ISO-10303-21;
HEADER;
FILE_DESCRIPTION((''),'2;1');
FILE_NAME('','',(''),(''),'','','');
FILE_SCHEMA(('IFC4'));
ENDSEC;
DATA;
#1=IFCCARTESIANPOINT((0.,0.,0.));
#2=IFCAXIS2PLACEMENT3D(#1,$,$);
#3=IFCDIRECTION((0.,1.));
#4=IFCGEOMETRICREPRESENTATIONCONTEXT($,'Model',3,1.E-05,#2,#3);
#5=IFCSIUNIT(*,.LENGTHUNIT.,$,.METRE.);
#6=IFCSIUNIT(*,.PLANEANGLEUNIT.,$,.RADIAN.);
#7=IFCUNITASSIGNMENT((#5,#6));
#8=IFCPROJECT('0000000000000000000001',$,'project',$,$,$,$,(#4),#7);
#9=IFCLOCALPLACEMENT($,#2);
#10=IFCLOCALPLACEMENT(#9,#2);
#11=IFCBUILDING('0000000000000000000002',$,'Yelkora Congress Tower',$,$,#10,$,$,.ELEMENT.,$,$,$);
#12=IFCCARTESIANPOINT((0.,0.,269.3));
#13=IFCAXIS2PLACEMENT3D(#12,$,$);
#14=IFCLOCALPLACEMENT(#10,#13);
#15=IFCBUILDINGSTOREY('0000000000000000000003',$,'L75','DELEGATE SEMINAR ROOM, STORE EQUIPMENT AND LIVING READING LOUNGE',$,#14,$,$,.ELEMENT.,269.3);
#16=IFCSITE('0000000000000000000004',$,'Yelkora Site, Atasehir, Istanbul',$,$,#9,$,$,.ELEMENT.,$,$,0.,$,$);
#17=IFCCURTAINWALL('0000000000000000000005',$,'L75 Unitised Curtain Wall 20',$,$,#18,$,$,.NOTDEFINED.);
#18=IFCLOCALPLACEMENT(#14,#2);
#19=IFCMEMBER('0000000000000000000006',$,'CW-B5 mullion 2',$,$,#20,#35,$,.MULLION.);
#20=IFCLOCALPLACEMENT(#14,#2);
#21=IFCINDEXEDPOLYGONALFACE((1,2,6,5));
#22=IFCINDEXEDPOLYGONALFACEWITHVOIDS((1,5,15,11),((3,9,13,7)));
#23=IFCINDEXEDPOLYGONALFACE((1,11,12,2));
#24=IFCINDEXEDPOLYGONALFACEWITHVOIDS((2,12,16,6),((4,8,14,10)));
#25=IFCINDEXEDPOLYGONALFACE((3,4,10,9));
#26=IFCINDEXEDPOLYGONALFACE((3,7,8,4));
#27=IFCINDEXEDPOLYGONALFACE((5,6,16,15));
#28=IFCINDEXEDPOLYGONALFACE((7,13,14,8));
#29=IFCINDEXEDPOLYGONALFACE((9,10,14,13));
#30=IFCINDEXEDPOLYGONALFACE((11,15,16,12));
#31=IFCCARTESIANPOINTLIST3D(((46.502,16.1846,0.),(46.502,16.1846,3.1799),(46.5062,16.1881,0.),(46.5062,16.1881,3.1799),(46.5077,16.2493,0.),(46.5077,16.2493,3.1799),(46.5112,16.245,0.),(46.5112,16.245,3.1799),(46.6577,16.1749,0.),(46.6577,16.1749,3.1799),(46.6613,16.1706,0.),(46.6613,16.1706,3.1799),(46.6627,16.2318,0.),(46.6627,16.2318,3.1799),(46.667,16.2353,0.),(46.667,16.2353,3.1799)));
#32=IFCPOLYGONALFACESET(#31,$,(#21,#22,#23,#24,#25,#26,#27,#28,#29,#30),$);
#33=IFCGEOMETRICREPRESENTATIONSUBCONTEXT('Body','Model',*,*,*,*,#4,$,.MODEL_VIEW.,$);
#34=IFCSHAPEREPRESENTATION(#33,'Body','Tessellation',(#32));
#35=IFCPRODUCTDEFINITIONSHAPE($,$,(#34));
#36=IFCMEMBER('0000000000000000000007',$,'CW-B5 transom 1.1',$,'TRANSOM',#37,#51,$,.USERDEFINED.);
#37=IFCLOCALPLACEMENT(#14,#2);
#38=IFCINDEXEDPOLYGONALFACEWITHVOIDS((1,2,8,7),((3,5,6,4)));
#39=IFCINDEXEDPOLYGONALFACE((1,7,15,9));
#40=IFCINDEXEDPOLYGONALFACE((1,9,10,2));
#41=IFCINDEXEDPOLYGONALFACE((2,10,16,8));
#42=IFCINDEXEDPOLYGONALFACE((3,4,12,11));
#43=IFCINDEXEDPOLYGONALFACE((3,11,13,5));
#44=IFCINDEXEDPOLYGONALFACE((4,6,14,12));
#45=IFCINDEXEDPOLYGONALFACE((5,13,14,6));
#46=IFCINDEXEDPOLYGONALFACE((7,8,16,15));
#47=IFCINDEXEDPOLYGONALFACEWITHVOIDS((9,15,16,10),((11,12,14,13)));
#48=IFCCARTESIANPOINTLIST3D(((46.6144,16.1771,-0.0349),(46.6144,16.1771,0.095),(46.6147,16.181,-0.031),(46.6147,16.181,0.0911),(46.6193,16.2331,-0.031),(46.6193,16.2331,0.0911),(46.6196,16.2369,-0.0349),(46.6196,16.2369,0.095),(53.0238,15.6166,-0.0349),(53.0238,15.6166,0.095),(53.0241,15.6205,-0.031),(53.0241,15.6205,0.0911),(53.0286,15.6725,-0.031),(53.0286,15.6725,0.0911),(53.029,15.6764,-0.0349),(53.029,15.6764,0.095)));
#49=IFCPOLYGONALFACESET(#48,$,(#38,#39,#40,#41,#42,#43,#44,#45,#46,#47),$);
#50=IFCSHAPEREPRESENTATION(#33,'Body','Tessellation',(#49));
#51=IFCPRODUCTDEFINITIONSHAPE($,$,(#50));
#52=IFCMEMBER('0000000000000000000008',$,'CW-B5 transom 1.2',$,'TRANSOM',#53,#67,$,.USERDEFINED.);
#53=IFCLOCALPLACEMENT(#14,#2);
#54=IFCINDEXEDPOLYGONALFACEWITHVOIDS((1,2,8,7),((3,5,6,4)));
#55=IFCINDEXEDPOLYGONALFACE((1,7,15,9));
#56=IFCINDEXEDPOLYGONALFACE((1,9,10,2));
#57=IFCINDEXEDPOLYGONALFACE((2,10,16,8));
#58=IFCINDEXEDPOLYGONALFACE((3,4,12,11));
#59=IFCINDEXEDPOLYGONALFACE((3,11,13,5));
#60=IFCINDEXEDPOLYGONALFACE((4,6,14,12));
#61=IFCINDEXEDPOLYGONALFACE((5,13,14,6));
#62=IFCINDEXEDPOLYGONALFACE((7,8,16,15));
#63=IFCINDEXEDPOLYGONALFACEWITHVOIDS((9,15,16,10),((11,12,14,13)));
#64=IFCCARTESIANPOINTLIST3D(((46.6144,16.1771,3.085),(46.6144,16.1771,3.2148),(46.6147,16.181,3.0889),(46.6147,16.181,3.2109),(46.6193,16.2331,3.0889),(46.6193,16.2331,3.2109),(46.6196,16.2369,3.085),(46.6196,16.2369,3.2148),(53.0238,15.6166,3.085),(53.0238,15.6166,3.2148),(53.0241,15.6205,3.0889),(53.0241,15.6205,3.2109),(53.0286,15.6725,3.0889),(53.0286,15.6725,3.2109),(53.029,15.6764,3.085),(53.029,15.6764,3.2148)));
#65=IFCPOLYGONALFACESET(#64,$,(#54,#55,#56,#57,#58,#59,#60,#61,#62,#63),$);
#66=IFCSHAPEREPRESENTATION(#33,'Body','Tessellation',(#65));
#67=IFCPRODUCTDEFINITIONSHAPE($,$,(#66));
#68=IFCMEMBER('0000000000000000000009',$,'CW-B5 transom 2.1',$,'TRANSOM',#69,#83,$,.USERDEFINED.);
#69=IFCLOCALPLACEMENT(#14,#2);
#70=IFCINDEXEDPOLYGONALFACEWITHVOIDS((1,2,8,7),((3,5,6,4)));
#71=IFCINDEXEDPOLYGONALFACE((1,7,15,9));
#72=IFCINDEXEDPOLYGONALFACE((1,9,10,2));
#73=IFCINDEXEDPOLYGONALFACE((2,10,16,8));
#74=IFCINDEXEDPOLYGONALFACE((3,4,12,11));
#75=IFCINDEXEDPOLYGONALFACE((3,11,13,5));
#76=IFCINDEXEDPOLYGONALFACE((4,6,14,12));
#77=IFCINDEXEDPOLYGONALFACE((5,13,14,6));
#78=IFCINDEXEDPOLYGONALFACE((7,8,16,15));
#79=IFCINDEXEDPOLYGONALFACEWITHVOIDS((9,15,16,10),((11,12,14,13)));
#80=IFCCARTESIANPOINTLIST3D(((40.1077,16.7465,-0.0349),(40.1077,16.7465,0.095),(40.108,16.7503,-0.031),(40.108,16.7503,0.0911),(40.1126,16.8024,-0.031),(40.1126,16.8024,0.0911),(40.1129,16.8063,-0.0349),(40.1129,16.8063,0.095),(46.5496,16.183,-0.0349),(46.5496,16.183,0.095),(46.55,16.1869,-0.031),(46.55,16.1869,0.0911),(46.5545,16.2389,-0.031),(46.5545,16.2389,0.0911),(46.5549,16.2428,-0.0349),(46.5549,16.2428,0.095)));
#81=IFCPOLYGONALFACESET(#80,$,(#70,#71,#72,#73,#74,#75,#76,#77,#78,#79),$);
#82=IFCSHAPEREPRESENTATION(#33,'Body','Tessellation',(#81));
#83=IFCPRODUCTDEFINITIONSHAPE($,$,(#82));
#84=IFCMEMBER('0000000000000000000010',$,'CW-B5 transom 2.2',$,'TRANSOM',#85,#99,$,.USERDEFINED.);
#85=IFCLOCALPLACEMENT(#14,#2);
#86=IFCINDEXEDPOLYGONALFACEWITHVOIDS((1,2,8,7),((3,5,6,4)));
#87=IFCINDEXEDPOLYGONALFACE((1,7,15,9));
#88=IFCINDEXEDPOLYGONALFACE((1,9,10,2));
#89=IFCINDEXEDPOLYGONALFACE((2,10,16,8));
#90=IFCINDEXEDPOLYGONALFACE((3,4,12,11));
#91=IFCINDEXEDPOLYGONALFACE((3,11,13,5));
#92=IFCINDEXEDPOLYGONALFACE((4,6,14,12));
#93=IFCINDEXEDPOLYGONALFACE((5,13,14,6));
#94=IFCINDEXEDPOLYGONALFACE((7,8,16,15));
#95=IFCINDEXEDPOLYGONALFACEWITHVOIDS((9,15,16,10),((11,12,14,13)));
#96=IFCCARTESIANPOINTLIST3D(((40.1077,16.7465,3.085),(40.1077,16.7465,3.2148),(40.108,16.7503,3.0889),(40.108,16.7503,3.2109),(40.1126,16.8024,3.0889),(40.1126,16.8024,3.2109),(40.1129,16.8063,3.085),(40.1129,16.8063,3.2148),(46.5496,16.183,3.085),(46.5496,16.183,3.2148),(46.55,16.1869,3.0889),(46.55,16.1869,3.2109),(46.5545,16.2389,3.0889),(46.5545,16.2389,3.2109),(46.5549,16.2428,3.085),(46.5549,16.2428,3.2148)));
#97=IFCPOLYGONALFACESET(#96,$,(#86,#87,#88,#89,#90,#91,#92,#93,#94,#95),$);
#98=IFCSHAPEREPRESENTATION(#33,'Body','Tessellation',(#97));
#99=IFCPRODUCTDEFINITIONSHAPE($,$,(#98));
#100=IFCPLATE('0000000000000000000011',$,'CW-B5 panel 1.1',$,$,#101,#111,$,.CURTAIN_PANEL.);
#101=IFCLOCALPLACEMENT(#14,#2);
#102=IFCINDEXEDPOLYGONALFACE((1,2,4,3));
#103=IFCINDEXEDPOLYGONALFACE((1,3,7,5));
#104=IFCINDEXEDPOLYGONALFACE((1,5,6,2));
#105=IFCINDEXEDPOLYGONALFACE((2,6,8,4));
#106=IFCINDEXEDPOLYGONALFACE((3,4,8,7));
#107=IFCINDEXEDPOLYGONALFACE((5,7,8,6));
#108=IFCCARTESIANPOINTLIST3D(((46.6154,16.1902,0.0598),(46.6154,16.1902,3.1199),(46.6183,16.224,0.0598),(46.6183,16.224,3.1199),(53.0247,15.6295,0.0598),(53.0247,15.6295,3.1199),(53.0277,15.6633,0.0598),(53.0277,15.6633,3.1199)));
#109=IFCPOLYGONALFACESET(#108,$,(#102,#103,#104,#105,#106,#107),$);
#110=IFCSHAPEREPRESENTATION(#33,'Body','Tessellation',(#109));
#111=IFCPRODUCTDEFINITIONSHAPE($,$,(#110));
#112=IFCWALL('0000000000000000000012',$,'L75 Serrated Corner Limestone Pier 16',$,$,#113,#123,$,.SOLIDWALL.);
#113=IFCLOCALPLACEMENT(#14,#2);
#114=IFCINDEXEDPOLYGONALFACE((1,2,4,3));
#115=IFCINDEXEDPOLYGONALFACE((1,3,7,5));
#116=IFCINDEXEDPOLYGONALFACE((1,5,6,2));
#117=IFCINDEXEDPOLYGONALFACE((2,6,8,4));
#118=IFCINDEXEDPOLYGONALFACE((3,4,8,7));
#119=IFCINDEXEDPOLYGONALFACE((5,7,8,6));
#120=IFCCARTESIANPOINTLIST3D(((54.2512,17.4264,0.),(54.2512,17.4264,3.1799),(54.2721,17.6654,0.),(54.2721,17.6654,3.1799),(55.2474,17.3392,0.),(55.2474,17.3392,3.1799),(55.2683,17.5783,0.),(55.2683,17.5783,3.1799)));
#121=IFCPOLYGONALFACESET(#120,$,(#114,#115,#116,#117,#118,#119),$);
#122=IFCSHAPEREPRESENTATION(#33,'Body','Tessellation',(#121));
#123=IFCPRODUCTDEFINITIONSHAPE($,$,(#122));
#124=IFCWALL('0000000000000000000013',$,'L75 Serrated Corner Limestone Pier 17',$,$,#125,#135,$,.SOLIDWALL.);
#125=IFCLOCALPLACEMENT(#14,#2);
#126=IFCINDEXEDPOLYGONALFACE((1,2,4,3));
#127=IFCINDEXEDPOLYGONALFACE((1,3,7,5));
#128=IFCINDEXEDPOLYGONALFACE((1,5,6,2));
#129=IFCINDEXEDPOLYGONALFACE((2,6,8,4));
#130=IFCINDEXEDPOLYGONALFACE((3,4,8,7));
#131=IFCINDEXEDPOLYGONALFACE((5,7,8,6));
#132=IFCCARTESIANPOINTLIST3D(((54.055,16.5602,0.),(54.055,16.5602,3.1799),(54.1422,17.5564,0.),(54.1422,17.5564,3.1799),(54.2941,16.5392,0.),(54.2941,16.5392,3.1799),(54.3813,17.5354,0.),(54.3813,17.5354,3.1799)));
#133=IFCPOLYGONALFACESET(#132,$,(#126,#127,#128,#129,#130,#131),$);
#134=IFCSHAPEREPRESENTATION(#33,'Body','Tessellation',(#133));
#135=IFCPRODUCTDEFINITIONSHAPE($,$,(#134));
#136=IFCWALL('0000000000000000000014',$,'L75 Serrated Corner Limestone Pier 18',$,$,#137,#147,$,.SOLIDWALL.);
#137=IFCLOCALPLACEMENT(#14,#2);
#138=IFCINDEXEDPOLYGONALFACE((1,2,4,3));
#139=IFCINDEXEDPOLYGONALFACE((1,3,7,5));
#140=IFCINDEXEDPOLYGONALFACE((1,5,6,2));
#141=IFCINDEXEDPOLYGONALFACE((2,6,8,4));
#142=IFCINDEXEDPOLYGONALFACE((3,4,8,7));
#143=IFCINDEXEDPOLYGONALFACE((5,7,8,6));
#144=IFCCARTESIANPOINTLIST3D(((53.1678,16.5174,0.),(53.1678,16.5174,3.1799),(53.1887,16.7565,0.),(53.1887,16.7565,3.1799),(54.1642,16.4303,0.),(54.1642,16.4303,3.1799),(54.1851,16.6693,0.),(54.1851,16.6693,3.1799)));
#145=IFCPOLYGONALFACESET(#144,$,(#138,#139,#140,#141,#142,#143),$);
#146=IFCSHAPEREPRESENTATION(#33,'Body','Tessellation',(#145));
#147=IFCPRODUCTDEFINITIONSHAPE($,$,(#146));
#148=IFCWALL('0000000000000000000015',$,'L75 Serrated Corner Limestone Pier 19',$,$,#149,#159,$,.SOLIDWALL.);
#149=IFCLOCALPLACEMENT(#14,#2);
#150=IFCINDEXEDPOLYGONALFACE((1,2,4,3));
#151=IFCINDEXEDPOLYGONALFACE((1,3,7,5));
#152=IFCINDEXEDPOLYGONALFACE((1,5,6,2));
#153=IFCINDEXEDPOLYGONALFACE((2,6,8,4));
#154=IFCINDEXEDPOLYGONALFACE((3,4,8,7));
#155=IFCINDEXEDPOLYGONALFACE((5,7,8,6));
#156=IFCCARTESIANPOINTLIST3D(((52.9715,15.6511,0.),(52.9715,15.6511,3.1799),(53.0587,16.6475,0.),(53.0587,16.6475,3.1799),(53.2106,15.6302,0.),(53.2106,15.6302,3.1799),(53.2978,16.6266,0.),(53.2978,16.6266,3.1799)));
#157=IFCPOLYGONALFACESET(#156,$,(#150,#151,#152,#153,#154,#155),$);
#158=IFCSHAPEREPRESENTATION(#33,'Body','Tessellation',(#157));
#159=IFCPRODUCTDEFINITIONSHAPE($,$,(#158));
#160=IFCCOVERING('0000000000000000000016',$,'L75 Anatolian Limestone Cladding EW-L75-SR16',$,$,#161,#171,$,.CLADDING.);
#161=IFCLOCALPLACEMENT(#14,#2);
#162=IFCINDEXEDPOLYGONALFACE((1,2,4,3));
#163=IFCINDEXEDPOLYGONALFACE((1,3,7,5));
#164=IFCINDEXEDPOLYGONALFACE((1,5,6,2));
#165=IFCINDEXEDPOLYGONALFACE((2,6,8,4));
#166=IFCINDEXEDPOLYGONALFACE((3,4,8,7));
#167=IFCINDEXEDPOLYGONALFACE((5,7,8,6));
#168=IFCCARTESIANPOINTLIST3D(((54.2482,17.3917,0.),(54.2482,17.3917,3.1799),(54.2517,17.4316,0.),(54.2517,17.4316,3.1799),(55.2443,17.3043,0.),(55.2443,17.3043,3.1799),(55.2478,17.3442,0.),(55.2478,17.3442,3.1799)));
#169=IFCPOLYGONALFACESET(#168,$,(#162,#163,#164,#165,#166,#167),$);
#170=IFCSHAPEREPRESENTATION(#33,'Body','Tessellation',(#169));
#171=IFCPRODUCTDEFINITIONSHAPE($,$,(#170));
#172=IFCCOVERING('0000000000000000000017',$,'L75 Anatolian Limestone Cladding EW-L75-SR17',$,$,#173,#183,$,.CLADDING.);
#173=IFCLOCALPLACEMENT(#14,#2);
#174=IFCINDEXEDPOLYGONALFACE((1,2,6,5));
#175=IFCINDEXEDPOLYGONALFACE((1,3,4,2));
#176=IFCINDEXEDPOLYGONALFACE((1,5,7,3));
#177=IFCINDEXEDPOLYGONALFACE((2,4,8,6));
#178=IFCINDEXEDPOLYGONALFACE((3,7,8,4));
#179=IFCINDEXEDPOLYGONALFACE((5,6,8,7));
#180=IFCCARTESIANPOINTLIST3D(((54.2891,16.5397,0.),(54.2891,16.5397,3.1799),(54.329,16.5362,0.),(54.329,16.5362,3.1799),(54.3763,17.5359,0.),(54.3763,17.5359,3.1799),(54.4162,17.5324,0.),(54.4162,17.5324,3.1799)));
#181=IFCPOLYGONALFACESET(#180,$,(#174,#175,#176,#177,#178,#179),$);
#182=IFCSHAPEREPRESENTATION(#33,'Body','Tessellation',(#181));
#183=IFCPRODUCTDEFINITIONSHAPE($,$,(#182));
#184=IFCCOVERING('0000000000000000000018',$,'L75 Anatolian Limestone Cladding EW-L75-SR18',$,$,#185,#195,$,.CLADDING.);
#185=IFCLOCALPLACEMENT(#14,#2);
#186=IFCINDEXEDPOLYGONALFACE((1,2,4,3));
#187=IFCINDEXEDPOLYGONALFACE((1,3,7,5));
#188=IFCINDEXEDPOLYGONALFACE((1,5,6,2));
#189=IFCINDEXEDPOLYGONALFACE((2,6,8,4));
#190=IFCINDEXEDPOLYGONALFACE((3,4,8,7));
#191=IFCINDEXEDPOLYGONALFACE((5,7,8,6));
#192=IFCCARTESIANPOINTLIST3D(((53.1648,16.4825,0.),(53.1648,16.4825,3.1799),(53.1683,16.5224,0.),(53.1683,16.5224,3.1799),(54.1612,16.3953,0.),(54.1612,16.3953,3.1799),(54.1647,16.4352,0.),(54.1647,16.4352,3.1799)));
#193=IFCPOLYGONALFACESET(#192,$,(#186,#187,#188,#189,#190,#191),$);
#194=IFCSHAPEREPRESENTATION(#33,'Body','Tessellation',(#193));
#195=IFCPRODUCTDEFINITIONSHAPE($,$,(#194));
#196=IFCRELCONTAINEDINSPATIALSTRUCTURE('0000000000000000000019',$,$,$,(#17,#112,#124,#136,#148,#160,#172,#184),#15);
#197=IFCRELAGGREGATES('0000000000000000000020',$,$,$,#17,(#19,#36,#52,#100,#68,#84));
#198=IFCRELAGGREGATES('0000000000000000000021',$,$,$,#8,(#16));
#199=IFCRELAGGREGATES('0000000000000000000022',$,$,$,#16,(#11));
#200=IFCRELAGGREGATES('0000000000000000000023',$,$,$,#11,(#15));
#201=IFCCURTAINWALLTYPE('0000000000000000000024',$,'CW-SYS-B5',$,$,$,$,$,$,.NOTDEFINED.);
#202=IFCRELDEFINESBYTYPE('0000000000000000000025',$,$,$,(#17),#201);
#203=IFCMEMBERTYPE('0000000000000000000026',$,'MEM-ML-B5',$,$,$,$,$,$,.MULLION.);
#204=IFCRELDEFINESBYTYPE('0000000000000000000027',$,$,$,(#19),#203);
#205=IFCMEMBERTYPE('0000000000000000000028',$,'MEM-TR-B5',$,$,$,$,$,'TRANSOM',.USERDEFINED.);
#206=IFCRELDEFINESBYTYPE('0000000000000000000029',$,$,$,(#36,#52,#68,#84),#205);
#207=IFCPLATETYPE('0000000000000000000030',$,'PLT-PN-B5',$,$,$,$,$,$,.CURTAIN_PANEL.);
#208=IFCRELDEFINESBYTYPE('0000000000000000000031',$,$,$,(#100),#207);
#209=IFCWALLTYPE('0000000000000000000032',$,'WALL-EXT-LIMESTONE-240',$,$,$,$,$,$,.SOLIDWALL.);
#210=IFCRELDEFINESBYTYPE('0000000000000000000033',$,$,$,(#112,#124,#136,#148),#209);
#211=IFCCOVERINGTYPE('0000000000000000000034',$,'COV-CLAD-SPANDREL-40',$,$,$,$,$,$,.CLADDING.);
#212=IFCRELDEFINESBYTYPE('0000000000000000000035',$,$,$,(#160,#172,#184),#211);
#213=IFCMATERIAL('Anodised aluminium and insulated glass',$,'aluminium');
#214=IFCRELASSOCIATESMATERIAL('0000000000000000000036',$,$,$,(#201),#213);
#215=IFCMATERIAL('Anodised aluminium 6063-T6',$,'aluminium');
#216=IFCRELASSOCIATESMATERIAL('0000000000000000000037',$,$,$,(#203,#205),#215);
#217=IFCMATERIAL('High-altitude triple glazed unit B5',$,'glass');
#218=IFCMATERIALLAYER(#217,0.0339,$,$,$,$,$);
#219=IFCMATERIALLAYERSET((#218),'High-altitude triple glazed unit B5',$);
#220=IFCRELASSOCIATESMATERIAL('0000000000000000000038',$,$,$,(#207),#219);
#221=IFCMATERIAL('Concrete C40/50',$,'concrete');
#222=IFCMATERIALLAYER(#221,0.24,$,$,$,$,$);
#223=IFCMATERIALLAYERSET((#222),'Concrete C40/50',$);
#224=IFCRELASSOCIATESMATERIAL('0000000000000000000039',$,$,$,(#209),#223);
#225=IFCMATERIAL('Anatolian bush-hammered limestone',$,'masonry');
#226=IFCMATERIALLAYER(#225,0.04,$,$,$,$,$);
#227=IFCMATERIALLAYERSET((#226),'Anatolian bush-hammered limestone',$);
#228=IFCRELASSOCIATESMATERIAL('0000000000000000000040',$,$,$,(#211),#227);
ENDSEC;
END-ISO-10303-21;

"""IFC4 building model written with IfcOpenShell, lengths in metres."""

from ifc_helpers import new_model, si_unit, direction, frame, frame_2d, origin, origin_2d, place, context, subcontext, project, spatial, rectangle, hollow_rectangle, extrude, material, layer, layer_set, material_profile, profile_set, type_object, element, aggregate, save


model = new_model("IFC4")

# Units and contexts
model_context = context("Model", 3, precision=1e-05, world=origin(), true_north=direction((0.0, 1.0)))
body_context = subcontext(model_context, "Body", "Model", "MODEL_VIEW")
ifc_project = project(units=[si_unit("LENGTHUNIT", "METRE"), si_unit("PLANEANGLEUNIT", "RADIAN")], contexts=[model_context])

# Site, building, storey
site_placement = place(None, origin())
site = spatial("IfcSite", under=ifc_project, at=site_placement, Name="Yelkora Site, Atasehir, Istanbul", CompositionType="ELEMENT", RefElevation=0.0)
building_placement = place(site_placement, origin())
building = spatial("IfcBuilding", under=site, at=building_placement, Name="Yelkora Congress Tower", CompositionType="ELEMENT")
storey_placement = place(building_placement, frame((0.0, 0.0, 269.3)))
storey = spatial("IfcBuildingStorey", under=building, at=storey_placement, Name="L75", Description="DELEGATE SEMINAR ROOM, STORE EQUIPMENT AND LIVING READING LOUNGE", CompositionType="ELEMENT", Elevation=269.3)

# Shared definitions
ifc_material_1 = material(Name="Anodised aluminium and insulated glass", Category="aluminium")
curtain_wall_type = type_object("IfcCurtainWallType", Name="CW-SYS-B5", PredefinedType="NOTDEFINED", material=ifc_material_1)
ifc_material_2 = material(Name="Anodised aluminium 6063-T6", Category="aluminium")
ifc_material_profile_1 = material_profile(ifc_material_2, hollow_rectangle(XDim=0.0649, YDim=0.1599, WallThickness=0.0039, at=origin_2d()), Name="ALU 65x160x4")
ifc_profile_set_1 = profile_set([ifc_material_profile_1], Name="Anodised aluminium 6063-T6")
member_type_1 = type_object("IfcMemberType", Name="MEM-ML-B5", PredefinedType="MULLION", material=ifc_profile_set_1)

# Curtain wall, members, plate
curtain_wall_1_placement = place(storey_placement, origin())
curtain_wall_1 = element("IfcCurtainWall", 1, at=curtain_wall_1_placement, inside=storey, type_object=curtain_wall_type, Name="L75 Unitised Curtain Wall 20", PredefinedType="NOTDEFINED")
member_1_placement = place(storey_placement, frame((46.5845, 16.21, 0.0), z_axis=(0.0, 0.0, 1.0), x_axis=(-0.087157, -0.996195, 0.0)))
member_1 = element("IfcMember", 2, at=member_1_placement, type_object=member_type_1, Name="CW-B5 mullion 2", PredefinedType="MULLION", context=body_context, shape_type="SweptSolid", body=[
    extrude(hollow_rectangle(XDim=0.0649, YDim=0.1599, WallThickness=0.0039, at=origin_2d()), origin(), (0.0, 0.0, 1.0), 3.1799),
])
ifc_material_profile_2 = material_profile(ifc_material_2, hollow_rectangle(XDim=0.0601, YDim=0.1299, WallThickness=0.0039, at=origin_2d()), Name="ALU 60x130x4")
ifc_profile_set_2 = profile_set([ifc_material_profile_2], Name="Anodised aluminium 6063-T6")
member_type_2 = type_object("IfcMemberType", Name="MEM-TR-B5", ElementType="TRANSOM", PredefinedType="USERDEFINED", material=ifc_profile_set_2)
member_2_placement = place(storey_placement, frame((53.0264, 15.6465, 0.03), z_axis=(-0.996197, 0.087124, 0.0), x_axis=(-0.087124, -0.996197, 0.0)))
member_2 = element("IfcMember", 3, at=member_2_placement, type_object=member_type_2, Name="CW-B5 transom 1.1", ObjectType="TRANSOM", PredefinedType="USERDEFINED", context=body_context, shape_type="SweptSolid", body=[
    extrude(hollow_rectangle(XDim=0.0601, YDim=0.1299, WallThickness=0.0039, at=origin_2d()), origin(), (0.0, 0.0, 1.0), 6.4338),
])
member_3_placement = place(storey_placement, frame((53.0264, 15.6465, 3.1499), z_axis=(-0.996197, 0.087124, 0.0), x_axis=(-0.087124, -0.996197, 0.0)))
member_3 = element("IfcMember", 4, at=member_3_placement, type_object=member_type_2, Name="CW-B5 transom 1.2", ObjectType="TRANSOM", PredefinedType="USERDEFINED", context=body_context, shape_type="SweptSolid", body=[
    extrude(hollow_rectangle(XDim=0.0601, YDim=0.1299, WallThickness=0.0039, at=origin_2d()), origin(), (0.0, 0.0, 1.0), 6.4338),
])
member_4_placement = place(storey_placement, frame((46.5522, 16.2129, 0.03), z_axis=(-0.996196, 0.087138, 0.0), x_axis=(-0.087138, -0.996196, 0.0)))
member_4 = element("IfcMember", 5, at=member_4_placement, type_object=member_type_2, Name="CW-B5 transom 2.1", ObjectType="TRANSOM", PredefinedType="USERDEFINED", context=body_context, shape_type="SweptSolid", body=[
    extrude(hollow_rectangle(XDim=0.0601, YDim=0.1299, WallThickness=0.0039, at=origin_2d()), origin(), (0.0, 0.0, 1.0), 6.4666),
])
member_5_placement = place(storey_placement, frame((46.5522, 16.2129, 3.1499), z_axis=(-0.996196, 0.087138, 0.0), x_axis=(-0.087138, -0.996196, 0.0)))
member_5 = element("IfcMember", 6, at=member_5_placement, type_object=member_type_2, Name="CW-B5 transom 2.2", ObjectType="TRANSOM", PredefinedType="USERDEFINED", context=body_context, shape_type="SweptSolid", body=[
    extrude(hollow_rectangle(XDim=0.0601, YDim=0.1299, WallThickness=0.0039, at=origin_2d()), origin(), (0.0, 0.0, 1.0), 6.4666),
])
ifc_material_3 = material(Name="High-altitude triple glazed unit B5", Category="glass")
ifc_layer_1 = layer(ifc_material_3, 0.0339)
ifc_layer_set_1 = layer_set([ifc_layer_1], Name="High-altitude triple glazed unit B5")
plate_type = type_object("IfcPlateType", Name="PLT-PN-B5", PredefinedType="CURTAIN_PANEL", material=ifc_layer_set_1)
plate_placement = place(storey_placement, frame((49.8215, 15.9268, 0.0598), z_axis=(0.0, 0.0, 1.0), x_axis=(-0.996195, 0.087157, 0.0)))
plate = element("IfcPlate", 7, at=plate_placement, type_object=plate_type, Name="CW-B5 panel 1.1", PredefinedType="CURTAIN_PANEL", context=body_context, shape_type="SweptSolid", body=[
    extrude(rectangle(XDim=6.4338, YDim=0.0339, at=origin_2d()), origin(), (0.0, 0.0, 1.0), 3.0601),
])
aggregate(curtain_wall_1, [member_1, member_2, member_3, plate, member_4, member_5])

# Walls
ifc_material_4 = material(Name="Concrete C40/50", Category="concrete")
ifc_layer_2 = layer(ifc_material_4, 0.24)
ifc_layer_set_2 = layer_set([ifc_layer_2], Name="Concrete C40/50")
wall_type = type_object("IfcWallType", Name="WALL-EXT-LIMESTONE-240", PredefinedType="SOLIDWALL", material=ifc_layer_set_2)
for number, where, z_axis, x_axis, name in (
    (8, (55.2578, 17.4587, 0.0), (0.0, 0.0, 1.0), (-0.996194, 0.087167, 0.0), "L75 Serrated Corner Limestone Pier 16"),
    (9, (54.2617, 17.5459, 0.0), (0.0, 0.0, 1.0), (-0.087167, -0.996194, 0.0), "L75 Serrated Corner Limestone Pier 17"),
):
    element("IfcWall", number, at=place(storey_placement, frame(where, z_axis=z_axis, x_axis=x_axis)), inside=storey, type_object=wall_type, Name=name, PredefinedType="SOLIDWALL", context=body_context, shape_type="SweptSolid", body=[
        extrude(rectangle(XDim=1.0, YDim=0.24, at=frame_2d((0.5, 0.0))), origin(), (0.0, 0.0, 1.0), 3.1799),
    ])
for number, where, z_axis, x_axis, name in (
    (10, (54.1746, 16.5498, 0.0), (0.0, 0.0, 1.0), (-0.996196, 0.087146, 0.0), "L75 Serrated Corner Limestone Pier 18"),
    (11, (53.1782, 16.637, 0.0), (0.0, 0.0, 1.0), (-0.087146, -0.996196, 0.0), "L75 Serrated Corner Limestone Pier 19"),
):
    element("IfcWall", number, at=place(storey_placement, frame(where, z_axis=z_axis, x_axis=x_axis)), inside=storey, type_object=wall_type, Name=name, PredefinedType="SOLIDWALL", context=body_context, shape_type="SweptSolid", body=[
        extrude(rectangle(XDim=1.0002, YDim=0.24, at=frame_2d((0.5, 0.0))), origin(), (0.0, 0.0, 1.0), 3.1799),
    ])

# Coverings
ifc_material_5 = material(Name="Anatolian bush-hammered limestone", Category="masonry")
ifc_layer_3 = layer(ifc_material_5, 0.04)
ifc_layer_set_3 = layer_set([ifc_layer_3], Name="Anatolian bush-hammered limestone")
covering_type = type_object("IfcCoveringType", Name="COV-CLAD-SPANDREL-40", PredefinedType="CLADDING", material=ifc_layer_set_3)
for number, where, z_axis, x_axis, name in (
    (12, (55.2461, 17.3242, 0.0), (0.0, 0.0, 1.0), (-0.996172, 0.087409, 0.0), "L75 Anatolian Limestone Cladding EW-L75-SR16"),
    (13, (54.3962, 17.5342, 0.0), (0.0, 0.0, 1.0), (-0.087167, -0.996194, 0.0), "L75 Anatolian Limestone Cladding EW-L75-SR17"),
):
    element("IfcCovering", number, at=place(storey_placement, frame(where, z_axis=z_axis, x_axis=x_axis)), inside=storey, type_object=covering_type, Name=name, PredefinedType="CLADDING", context=body_context, shape_type="SweptSolid", body=[
        extrude(rectangle(XDim=1.0, YDim=0.04, at=frame_2d((0.5, 0.0))), origin(), (0.0, 0.0, 1.0), 3.1799),
    ])
covering_1_placement = place(storey_placement, frame((54.1628, 16.4153, 0.0), z_axis=(0.0, 0.0, 1.0), x_axis=(-0.996196, 0.087146, 0.0)))
element("IfcCovering", 14, at=covering_1_placement, inside=storey, type_object=covering_type, Name="L75 Anatolian Limestone Cladding EW-L75-SR18", PredefinedType="CLADDING", context=body_context, shape_type="SweptSolid", body=[
    extrude(rectangle(XDim=1.0002, YDim=0.04, at=frame_2d((0.5, 0.0))), origin(), (0.0, 0.0, 1.0), 3.1799),
])

save(model, "model.ifc")
